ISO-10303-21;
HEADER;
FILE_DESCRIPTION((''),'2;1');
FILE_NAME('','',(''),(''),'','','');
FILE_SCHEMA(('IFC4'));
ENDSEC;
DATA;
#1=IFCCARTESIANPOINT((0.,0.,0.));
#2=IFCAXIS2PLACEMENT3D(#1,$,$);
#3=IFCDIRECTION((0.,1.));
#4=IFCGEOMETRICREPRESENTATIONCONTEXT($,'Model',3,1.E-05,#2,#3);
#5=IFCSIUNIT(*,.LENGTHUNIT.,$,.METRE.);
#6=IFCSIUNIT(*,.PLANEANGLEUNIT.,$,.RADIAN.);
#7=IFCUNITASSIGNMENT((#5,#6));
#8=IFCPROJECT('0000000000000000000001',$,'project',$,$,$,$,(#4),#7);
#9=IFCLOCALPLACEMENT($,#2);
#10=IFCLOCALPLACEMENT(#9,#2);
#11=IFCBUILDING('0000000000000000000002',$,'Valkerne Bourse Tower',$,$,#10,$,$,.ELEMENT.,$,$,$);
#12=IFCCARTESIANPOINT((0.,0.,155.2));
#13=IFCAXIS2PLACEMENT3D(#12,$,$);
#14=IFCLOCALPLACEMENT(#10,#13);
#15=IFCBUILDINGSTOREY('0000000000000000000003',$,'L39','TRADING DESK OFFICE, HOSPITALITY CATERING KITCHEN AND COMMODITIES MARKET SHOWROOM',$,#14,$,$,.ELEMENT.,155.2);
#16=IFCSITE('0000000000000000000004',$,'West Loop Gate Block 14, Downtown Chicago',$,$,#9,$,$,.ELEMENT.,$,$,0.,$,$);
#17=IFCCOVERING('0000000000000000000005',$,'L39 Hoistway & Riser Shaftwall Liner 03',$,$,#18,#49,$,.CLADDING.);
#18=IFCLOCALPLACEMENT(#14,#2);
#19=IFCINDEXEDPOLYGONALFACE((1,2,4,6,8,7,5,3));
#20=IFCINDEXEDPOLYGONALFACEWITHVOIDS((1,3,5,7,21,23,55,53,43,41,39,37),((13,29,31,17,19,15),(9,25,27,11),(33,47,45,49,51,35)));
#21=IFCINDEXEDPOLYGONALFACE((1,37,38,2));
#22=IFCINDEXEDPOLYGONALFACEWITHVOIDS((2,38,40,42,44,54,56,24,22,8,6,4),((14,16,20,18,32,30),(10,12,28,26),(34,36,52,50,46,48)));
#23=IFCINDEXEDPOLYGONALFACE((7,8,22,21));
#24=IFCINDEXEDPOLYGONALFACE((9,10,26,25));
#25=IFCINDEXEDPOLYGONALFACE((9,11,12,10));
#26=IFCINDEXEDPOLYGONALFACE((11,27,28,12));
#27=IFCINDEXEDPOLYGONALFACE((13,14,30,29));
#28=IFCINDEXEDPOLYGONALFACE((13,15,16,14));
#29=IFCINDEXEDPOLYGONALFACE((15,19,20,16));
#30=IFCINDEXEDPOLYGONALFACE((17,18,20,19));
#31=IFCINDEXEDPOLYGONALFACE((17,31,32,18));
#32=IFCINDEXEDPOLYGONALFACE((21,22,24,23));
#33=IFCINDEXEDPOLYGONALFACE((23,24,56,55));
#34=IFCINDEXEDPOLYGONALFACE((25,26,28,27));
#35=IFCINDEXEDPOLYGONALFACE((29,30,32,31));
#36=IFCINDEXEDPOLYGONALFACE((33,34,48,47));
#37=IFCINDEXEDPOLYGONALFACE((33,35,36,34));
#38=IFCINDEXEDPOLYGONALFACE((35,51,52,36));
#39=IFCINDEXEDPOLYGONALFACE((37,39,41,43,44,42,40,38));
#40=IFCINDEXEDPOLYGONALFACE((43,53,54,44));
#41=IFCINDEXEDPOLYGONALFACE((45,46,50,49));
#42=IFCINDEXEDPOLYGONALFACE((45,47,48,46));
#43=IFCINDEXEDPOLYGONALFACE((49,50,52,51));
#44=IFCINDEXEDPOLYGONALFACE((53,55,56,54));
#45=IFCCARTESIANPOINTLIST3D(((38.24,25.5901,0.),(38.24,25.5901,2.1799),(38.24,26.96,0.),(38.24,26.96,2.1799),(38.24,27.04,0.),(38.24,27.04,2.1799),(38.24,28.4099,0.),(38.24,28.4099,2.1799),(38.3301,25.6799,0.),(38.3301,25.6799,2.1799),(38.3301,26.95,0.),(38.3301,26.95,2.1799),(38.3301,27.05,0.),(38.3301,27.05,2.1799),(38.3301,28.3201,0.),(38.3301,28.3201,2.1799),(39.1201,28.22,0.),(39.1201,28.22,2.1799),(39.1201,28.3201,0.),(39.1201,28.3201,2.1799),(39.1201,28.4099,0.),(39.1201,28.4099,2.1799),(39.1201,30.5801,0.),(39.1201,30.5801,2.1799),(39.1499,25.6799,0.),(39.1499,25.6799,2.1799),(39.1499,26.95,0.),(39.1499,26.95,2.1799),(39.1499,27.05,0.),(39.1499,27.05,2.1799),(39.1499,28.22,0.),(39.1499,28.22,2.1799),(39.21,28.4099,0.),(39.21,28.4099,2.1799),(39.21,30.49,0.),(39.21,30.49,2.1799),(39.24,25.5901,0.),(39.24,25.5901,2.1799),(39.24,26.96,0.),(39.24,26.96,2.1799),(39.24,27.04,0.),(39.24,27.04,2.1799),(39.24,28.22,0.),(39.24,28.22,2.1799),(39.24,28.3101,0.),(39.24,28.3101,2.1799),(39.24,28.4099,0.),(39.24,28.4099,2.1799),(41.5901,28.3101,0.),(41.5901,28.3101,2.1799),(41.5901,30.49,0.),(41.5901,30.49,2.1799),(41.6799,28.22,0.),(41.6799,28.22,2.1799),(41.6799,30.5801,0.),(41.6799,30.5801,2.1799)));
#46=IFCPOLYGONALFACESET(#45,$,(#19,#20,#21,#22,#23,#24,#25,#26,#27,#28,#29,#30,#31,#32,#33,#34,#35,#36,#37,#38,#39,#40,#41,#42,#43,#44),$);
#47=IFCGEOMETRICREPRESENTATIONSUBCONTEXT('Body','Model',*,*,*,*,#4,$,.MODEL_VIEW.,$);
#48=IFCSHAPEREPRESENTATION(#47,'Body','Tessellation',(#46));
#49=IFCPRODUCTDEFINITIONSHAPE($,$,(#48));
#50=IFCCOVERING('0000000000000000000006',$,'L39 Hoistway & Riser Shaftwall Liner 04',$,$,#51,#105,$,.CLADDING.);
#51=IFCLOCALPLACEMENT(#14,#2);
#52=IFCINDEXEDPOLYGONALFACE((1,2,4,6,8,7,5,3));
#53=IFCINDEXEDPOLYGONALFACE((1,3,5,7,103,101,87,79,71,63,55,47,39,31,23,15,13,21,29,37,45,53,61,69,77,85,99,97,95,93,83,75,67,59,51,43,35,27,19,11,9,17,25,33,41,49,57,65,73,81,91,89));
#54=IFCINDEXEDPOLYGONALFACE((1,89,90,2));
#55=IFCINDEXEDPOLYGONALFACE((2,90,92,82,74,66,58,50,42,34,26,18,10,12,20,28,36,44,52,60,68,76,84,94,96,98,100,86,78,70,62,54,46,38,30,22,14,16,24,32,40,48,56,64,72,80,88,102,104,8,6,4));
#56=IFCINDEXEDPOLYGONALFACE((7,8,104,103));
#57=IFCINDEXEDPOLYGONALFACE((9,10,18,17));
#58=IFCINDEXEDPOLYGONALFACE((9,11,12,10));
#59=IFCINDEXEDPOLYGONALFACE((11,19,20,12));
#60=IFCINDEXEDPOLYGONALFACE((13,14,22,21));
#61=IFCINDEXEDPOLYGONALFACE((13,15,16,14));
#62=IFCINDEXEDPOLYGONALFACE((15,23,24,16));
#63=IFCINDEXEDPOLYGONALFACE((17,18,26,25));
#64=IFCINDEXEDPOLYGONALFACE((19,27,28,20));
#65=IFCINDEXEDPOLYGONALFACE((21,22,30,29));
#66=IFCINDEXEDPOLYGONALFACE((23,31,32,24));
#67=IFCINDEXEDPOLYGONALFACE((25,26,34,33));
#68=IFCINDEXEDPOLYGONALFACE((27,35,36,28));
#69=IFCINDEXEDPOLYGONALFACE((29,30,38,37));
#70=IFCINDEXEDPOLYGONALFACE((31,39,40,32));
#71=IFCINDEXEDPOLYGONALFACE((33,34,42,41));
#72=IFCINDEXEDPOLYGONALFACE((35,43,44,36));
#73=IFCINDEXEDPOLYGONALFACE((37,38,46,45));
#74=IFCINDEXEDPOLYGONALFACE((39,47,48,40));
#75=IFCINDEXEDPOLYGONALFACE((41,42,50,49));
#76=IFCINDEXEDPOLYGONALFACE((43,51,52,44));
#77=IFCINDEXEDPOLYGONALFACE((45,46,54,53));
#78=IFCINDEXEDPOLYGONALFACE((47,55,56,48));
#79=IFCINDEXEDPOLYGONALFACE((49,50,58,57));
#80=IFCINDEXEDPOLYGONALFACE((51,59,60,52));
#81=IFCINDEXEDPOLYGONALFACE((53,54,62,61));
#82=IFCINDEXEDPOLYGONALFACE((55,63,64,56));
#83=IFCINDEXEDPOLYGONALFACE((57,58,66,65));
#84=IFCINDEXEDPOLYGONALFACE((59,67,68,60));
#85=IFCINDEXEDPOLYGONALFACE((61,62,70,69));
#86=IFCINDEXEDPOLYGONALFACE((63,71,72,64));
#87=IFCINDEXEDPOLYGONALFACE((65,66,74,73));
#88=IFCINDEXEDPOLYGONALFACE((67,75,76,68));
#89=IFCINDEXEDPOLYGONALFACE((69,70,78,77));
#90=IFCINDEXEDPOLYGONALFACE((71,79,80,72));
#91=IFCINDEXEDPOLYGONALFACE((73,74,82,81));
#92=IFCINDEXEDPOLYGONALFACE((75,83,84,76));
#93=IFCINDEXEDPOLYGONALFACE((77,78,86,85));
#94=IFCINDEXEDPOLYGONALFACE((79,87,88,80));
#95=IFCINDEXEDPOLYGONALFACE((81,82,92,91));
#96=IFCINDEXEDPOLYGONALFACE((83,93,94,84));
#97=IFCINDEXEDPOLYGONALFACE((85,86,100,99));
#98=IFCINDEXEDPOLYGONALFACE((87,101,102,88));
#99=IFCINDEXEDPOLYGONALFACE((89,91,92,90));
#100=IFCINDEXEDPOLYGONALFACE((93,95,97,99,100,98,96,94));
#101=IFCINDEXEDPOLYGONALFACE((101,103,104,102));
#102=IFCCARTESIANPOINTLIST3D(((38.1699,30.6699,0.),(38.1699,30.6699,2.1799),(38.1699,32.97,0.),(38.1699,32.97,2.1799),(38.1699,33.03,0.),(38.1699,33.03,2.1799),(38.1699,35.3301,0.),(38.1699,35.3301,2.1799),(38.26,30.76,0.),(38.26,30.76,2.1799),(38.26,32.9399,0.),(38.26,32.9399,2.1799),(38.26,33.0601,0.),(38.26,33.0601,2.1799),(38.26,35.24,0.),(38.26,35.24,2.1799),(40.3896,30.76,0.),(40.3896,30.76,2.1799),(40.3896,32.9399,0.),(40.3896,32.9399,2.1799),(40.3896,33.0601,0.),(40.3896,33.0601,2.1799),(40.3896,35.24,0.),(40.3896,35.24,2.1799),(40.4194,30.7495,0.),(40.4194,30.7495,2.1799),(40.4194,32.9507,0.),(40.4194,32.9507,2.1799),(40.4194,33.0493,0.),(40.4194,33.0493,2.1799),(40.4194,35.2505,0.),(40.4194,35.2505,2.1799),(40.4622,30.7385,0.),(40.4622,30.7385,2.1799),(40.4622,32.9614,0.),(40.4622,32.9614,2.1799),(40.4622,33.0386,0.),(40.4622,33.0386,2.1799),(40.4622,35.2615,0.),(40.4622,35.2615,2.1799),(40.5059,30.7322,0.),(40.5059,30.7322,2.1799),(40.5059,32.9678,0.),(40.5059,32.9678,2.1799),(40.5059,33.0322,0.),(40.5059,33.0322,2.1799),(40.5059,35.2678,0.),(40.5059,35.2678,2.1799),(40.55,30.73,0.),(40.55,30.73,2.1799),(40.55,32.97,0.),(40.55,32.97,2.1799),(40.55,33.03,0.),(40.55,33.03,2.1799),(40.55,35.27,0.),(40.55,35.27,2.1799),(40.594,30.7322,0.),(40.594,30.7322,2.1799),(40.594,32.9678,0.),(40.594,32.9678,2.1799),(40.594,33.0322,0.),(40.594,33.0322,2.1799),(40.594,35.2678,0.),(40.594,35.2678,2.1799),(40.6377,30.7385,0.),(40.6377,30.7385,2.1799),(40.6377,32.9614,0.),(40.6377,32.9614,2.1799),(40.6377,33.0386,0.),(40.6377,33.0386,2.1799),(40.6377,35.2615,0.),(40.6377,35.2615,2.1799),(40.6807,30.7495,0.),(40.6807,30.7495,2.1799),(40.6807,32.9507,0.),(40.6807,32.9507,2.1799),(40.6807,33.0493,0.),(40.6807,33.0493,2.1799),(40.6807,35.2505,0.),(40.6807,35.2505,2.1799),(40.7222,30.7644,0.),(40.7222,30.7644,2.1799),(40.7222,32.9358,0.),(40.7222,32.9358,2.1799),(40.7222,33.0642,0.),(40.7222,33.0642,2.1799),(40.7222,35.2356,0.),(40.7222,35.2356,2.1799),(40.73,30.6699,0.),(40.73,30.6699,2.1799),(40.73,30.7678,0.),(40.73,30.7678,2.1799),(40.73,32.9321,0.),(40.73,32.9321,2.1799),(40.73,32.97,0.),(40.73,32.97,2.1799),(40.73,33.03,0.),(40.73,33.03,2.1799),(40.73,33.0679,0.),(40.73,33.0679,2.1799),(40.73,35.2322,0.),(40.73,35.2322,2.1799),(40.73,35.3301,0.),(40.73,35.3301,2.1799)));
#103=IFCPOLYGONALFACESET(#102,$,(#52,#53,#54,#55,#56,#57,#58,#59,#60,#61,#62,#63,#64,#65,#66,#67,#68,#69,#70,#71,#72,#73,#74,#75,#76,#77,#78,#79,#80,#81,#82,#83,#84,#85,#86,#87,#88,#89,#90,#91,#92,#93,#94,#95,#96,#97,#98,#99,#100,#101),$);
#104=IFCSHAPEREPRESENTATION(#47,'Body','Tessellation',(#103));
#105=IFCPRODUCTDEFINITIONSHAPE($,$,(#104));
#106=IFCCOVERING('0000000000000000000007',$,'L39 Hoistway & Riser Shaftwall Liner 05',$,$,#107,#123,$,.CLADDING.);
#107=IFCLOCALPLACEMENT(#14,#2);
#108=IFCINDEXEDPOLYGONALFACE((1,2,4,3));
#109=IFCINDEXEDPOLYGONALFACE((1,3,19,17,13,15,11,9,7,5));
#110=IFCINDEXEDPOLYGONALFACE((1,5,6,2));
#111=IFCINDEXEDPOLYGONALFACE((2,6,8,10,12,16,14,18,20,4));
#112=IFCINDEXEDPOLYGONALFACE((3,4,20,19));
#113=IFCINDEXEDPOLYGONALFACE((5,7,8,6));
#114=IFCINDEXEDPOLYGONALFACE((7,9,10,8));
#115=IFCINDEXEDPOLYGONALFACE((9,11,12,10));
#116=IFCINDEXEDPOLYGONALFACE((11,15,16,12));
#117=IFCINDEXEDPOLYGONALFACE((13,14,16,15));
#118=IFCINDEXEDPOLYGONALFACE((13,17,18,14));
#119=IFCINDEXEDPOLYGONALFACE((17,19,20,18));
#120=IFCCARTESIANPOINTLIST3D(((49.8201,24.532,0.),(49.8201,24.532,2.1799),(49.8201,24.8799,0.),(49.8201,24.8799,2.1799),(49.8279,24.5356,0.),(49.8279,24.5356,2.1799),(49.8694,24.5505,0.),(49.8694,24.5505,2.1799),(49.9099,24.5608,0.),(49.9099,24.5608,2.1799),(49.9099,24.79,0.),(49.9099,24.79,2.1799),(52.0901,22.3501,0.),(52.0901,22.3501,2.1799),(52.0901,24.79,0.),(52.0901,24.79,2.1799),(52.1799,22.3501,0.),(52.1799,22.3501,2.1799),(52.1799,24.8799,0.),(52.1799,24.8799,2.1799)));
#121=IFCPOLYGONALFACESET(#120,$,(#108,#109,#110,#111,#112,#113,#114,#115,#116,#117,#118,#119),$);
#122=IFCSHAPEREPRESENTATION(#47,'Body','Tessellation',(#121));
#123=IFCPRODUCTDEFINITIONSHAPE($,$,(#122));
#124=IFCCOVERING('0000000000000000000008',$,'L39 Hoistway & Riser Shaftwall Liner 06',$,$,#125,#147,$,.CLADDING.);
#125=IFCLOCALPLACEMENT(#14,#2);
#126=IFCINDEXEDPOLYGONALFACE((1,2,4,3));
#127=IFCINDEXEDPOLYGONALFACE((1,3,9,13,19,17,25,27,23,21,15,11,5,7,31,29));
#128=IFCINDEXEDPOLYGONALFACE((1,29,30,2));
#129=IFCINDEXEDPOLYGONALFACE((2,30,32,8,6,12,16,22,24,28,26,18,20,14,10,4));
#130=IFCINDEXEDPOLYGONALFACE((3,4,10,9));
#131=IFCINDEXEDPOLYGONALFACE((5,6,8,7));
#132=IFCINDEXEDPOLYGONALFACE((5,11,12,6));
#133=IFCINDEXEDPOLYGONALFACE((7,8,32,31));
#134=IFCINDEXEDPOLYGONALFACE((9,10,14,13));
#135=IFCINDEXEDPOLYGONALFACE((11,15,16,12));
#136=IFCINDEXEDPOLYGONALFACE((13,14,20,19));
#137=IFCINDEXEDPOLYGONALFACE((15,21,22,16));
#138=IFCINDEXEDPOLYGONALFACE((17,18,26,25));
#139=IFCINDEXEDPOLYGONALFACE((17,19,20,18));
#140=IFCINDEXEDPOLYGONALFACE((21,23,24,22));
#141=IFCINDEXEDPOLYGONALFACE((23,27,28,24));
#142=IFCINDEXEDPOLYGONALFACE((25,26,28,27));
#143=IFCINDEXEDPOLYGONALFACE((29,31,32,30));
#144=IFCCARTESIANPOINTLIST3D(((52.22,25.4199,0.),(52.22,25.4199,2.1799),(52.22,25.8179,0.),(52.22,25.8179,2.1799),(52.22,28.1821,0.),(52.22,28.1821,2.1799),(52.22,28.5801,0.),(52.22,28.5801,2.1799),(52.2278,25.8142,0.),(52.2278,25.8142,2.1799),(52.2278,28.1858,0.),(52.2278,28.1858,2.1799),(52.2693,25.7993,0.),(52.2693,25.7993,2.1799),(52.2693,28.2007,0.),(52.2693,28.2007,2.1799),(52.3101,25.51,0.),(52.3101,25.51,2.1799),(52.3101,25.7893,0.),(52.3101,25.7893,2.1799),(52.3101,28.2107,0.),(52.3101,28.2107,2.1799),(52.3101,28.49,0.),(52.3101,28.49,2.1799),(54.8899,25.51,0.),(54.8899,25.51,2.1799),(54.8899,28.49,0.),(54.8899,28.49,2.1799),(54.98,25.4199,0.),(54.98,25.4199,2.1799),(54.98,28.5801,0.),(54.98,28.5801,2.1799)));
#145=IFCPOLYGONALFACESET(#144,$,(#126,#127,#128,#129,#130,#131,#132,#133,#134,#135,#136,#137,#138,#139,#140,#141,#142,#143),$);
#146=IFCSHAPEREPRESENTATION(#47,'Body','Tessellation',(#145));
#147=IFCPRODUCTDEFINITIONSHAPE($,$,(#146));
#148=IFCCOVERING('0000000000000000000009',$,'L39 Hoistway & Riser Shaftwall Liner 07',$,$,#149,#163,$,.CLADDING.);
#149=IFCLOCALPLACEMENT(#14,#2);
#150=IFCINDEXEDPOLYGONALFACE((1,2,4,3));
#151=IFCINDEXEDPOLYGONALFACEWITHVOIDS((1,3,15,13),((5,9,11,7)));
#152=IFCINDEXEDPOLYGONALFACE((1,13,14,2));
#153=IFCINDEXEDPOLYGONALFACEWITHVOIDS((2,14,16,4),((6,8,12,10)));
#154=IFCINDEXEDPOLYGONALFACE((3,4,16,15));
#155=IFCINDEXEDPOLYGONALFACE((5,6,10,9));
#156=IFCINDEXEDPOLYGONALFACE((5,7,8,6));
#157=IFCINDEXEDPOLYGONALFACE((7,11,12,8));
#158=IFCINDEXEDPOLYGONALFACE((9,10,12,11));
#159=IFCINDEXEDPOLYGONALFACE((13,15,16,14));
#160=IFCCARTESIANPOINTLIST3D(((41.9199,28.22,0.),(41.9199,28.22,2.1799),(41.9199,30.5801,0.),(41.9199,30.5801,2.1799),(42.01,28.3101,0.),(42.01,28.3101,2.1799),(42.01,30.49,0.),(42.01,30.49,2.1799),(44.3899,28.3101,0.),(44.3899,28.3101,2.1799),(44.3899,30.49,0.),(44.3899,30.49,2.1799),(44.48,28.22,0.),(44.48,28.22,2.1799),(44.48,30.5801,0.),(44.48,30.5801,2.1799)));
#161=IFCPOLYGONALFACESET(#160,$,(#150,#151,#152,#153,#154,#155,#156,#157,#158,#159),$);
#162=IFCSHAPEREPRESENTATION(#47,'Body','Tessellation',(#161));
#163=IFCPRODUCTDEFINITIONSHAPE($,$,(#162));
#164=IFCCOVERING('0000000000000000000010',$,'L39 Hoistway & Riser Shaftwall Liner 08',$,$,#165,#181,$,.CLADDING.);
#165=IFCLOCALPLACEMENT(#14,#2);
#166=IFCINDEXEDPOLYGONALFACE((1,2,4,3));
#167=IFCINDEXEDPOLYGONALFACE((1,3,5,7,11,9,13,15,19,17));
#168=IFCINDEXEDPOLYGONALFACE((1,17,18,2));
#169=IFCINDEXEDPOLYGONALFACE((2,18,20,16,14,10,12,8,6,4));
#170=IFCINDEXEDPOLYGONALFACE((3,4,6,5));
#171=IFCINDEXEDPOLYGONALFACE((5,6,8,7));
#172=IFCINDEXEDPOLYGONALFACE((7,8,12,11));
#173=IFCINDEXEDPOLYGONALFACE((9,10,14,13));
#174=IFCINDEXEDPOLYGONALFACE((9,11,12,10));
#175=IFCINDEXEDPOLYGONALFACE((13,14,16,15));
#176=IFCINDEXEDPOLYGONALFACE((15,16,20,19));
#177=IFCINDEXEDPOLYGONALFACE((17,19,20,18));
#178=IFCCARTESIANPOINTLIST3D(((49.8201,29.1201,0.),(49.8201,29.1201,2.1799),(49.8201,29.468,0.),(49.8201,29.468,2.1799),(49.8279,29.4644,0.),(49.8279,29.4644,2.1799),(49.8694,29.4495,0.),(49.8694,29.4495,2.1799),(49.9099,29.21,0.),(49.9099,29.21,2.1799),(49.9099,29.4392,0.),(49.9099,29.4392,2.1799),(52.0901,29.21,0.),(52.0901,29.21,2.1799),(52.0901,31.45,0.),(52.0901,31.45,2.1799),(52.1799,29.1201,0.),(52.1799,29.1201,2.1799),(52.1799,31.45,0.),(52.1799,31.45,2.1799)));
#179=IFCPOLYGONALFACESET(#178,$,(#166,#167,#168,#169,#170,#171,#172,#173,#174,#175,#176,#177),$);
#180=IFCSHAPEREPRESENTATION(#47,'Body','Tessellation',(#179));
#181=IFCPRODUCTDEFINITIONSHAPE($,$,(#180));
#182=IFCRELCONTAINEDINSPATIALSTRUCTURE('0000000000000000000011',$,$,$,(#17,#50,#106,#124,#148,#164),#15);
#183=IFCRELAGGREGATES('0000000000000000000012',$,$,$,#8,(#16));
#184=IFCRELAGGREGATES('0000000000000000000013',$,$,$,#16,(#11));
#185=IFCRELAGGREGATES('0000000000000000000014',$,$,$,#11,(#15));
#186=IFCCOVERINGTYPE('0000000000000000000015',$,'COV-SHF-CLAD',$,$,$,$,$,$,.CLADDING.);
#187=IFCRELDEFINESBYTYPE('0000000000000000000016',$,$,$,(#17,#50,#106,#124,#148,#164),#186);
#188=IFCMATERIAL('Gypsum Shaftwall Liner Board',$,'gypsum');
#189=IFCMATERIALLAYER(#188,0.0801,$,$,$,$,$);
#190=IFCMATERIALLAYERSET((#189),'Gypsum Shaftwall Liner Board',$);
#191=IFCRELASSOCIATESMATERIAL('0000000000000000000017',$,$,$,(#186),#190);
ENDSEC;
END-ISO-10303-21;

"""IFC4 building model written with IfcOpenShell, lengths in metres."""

from ifc_helpers import new_model, si_unit, direction, frame, origin, place, context, subcontext, project, spatial, polyline, outline, extrude, material, layer, layer_set, type_object, element, save


model = new_model("IFC4")

# Units and contexts
model_context = context("Model", 3, precision=1e-05, world=origin(), true_north=direction((0.0, 1.0)))
body_context = subcontext(model_context, "Body", "Model", "MODEL_VIEW")
ifc_project = project(units=[si_unit("LENGTHUNIT", "METRE"), si_unit("PLANEANGLEUNIT", "RADIAN")], contexts=[model_context])

# Site, building, storey
site_placement = place(None, origin())
site = spatial("IfcSite", under=ifc_project, at=site_placement, Name="West Loop Gate Block 14, Downtown Chicago", CompositionType="ELEMENT", RefElevation=0.0)
building_placement = place(site_placement, origin())
building = spatial("IfcBuilding", under=site, at=building_placement, Name="Valkerne Bourse Tower", CompositionType="ELEMENT")
storey_placement = place(building_placement, frame((0.0, 0.0, 155.2)))
storey = spatial("IfcBuildingStorey", under=building, at=storey_placement, Name="L39", Description="TRADING DESK OFFICE, HOSPITALITY CATERING KITCHEN AND COMMODITIES MARKET SHOWROOM", CompositionType="ELEMENT", Elevation=155.2)

# Coverings
ifc_material_1 = material(Name="Gypsum Shaftwall Liner Board", Category="gypsum")
ifc_layer_1 = layer(ifc_material_1, 0.0801)
ifc_layer_set_1 = layer_set([ifc_layer_1], Name="Gypsum Shaftwall Liner Board")
covering_type_1 = type_object("IfcCoveringType", Name="COV-SHF-CLAD", PredefinedType="CLADDING", material=ifc_layer_set_1)
covering_1_placement = place(storey_placement, origin())
element("IfcCovering", 1, at=covering_1_placement, inside=storey, type_object=covering_type_1, Name="L39 Hoistway & Riser Shaftwall Liner 03", PredefinedType="CLADDING", context=body_context, shape_type="SweptSolid", body=[
    extrude(outline(polyline([(38.24, 28.4099), (39.1201, 28.4099), (39.1201, 30.5801), (41.6799, 30.5801), (41.6799, 28.22), (39.24, 28.22), (39.24, 27.04), (39.24, 26.96), (39.24, 25.5901), (38.24, 25.5901), (38.24, 26.96), (38.24, 27.04), (38.24, 28.4099)]), holes=[polyline([(38.3301, 26.95), (38.3301, 25.6799), (39.1499, 25.6799), (39.1499, 26.95), (38.3301, 26.95)]), polyline([(39.21, 30.49), (39.21, 28.4099), (39.24, 28.4099), (39.24, 28.3101), (41.5901, 28.3101), (41.5901, 30.49), (39.21, 30.49)]), polyline([(38.3301, 27.05), (39.1499, 27.05), (39.1499, 28.22), (39.1201, 28.22), (39.1201, 28.3201), (38.3301, 28.3201), (38.3301, 27.05)])]), origin(), (0.0, 0.0, 1.0), 2.1799),
])
covering_2_placement = place(storey_placement, origin())
element("IfcCovering", 2, at=covering_2_placement, inside=storey, type_object=covering_type_1, Name="L39 Hoistway & Riser Shaftwall Liner 04", PredefinedType="CLADDING", context=body_context, shape_type="SweptSolid", body=[
    extrude(outline(polyline([(38.1699, 35.3301), (40.73, 35.3301), (40.73, 35.2322), (40.7222, 35.2356), (40.6807, 35.2505), (40.6377, 35.2615), (40.594, 35.2678), (40.55, 35.27), (40.5059, 35.2678), (40.4622, 35.2615), (40.4194, 35.2505), (40.3896, 35.24), (38.26, 35.24), (38.26, 33.0601), (40.3896, 33.0601), (40.4194, 33.0493), (40.4622, 33.0386), (40.5059, 33.0322), (40.55, 33.03), (40.594, 33.0322), (40.6377, 33.0386), (40.6807, 33.0493), (40.7222, 33.0642), (40.73, 33.0679), (40.73, 33.03), (40.73, 32.97), (40.73, 32.9321), (40.7222, 32.9358), (40.6807, 32.9507), (40.6377, 32.9614), (40.594, 32.9678), (40.55, 32.97), (40.5059, 32.9678), (40.4622, 32.9614), (40.4194, 32.9507), (40.3896, 32.9399), (38.26, 32.9399), (38.26, 30.76), (40.3896, 30.76), (40.4194, 30.7495), (40.4622, 30.7385), (40.5059, 30.7322), (40.55, 30.73), (40.594, 30.7322), (40.6377, 30.7385), (40.6807, 30.7495), (40.7222, 30.7644), (40.73, 30.7678), (40.73, 30.6699), (38.1699, 30.6699), (38.1699, 32.97), (38.1699, 33.03), (38.1699, 35.3301)])), origin(), (0.0, 0.0, 1.0), 2.1799),
])
covering_3_placement = place(storey_placement, origin())
element("IfcCovering", 3, at=covering_3_placement, inside=storey, type_object=covering_type_1, Name="L39 Hoistway & Riser Shaftwall Liner 05", PredefinedType="CLADDING", context=body_context, shape_type="SweptSolid", body=[
    extrude(outline(polyline([(52.1799, 22.3501), (52.0901, 22.3501), (52.0901, 24.79), (49.9099, 24.79), (49.9099, 24.5608), (49.8694, 24.5505), (49.8279, 24.5356), (49.8201, 24.532), (49.8201, 24.8799), (52.1799, 24.8799), (52.1799, 22.3501)])), origin(), (0.0, 0.0, 1.0), 2.1799),
])
covering_4_placement = place(storey_placement, origin())
element("IfcCovering", 4, at=covering_4_placement, inside=storey, type_object=covering_type_1, Name="L39 Hoistway & Riser Shaftwall Liner 06", PredefinedType="CLADDING", context=body_context, shape_type="SweptSolid", body=[
    extrude(outline(polyline([(54.98, 25.4199), (52.22, 25.4199), (52.22, 25.8179), (52.2278, 25.8142), (52.2693, 25.7993), (52.3101, 25.7893), (52.3101, 25.51), (54.8899, 25.51), (54.8899, 28.49), (52.3101, 28.49), (52.3101, 28.2107), (52.2693, 28.2007), (52.2278, 28.1858), (52.22, 28.1821), (52.22, 28.5801), (54.98, 28.5801), (54.98, 25.4199)])), origin(), (0.0, 0.0, 1.0), 2.1799),
])
covering_5_placement = place(storey_placement, origin())
element("IfcCovering", 5, at=covering_5_placement, inside=storey, type_object=covering_type_1, Name="L39 Hoistway & Riser Shaftwall Liner 07", PredefinedType="CLADDING", context=body_context, shape_type="SweptSolid", body=[
    extrude(outline(polyline([(44.48, 28.22), (41.9199, 28.22), (41.9199, 30.5801), (44.48, 30.5801), (44.48, 28.22)]), holes=[polyline([(42.01, 30.49), (42.01, 28.3101), (44.3899, 28.3101), (44.3899, 30.49), (42.01, 30.49)])]), origin(), (0.0, 0.0, 1.0), 2.1799),
])
covering_6_placement = place(storey_placement, origin())
element("IfcCovering", 6, at=covering_6_placement, inside=storey, type_object=covering_type_1, Name="L39 Hoistway & Riser Shaftwall Liner 08", PredefinedType="CLADDING", context=body_context, shape_type="SweptSolid", body=[
    extrude(outline(polyline([(49.8201, 29.1201), (49.8201, 29.468), (49.8279, 29.4644), (49.8694, 29.4495), (49.9099, 29.4392), (49.9099, 29.21), (52.0901, 29.21), (52.0901, 31.45), (52.1799, 31.45), (52.1799, 29.1201), (49.8201, 29.1201)])), origin(), (0.0, 0.0, 1.0), 2.1799),
])

save(model, "model.ifc")
